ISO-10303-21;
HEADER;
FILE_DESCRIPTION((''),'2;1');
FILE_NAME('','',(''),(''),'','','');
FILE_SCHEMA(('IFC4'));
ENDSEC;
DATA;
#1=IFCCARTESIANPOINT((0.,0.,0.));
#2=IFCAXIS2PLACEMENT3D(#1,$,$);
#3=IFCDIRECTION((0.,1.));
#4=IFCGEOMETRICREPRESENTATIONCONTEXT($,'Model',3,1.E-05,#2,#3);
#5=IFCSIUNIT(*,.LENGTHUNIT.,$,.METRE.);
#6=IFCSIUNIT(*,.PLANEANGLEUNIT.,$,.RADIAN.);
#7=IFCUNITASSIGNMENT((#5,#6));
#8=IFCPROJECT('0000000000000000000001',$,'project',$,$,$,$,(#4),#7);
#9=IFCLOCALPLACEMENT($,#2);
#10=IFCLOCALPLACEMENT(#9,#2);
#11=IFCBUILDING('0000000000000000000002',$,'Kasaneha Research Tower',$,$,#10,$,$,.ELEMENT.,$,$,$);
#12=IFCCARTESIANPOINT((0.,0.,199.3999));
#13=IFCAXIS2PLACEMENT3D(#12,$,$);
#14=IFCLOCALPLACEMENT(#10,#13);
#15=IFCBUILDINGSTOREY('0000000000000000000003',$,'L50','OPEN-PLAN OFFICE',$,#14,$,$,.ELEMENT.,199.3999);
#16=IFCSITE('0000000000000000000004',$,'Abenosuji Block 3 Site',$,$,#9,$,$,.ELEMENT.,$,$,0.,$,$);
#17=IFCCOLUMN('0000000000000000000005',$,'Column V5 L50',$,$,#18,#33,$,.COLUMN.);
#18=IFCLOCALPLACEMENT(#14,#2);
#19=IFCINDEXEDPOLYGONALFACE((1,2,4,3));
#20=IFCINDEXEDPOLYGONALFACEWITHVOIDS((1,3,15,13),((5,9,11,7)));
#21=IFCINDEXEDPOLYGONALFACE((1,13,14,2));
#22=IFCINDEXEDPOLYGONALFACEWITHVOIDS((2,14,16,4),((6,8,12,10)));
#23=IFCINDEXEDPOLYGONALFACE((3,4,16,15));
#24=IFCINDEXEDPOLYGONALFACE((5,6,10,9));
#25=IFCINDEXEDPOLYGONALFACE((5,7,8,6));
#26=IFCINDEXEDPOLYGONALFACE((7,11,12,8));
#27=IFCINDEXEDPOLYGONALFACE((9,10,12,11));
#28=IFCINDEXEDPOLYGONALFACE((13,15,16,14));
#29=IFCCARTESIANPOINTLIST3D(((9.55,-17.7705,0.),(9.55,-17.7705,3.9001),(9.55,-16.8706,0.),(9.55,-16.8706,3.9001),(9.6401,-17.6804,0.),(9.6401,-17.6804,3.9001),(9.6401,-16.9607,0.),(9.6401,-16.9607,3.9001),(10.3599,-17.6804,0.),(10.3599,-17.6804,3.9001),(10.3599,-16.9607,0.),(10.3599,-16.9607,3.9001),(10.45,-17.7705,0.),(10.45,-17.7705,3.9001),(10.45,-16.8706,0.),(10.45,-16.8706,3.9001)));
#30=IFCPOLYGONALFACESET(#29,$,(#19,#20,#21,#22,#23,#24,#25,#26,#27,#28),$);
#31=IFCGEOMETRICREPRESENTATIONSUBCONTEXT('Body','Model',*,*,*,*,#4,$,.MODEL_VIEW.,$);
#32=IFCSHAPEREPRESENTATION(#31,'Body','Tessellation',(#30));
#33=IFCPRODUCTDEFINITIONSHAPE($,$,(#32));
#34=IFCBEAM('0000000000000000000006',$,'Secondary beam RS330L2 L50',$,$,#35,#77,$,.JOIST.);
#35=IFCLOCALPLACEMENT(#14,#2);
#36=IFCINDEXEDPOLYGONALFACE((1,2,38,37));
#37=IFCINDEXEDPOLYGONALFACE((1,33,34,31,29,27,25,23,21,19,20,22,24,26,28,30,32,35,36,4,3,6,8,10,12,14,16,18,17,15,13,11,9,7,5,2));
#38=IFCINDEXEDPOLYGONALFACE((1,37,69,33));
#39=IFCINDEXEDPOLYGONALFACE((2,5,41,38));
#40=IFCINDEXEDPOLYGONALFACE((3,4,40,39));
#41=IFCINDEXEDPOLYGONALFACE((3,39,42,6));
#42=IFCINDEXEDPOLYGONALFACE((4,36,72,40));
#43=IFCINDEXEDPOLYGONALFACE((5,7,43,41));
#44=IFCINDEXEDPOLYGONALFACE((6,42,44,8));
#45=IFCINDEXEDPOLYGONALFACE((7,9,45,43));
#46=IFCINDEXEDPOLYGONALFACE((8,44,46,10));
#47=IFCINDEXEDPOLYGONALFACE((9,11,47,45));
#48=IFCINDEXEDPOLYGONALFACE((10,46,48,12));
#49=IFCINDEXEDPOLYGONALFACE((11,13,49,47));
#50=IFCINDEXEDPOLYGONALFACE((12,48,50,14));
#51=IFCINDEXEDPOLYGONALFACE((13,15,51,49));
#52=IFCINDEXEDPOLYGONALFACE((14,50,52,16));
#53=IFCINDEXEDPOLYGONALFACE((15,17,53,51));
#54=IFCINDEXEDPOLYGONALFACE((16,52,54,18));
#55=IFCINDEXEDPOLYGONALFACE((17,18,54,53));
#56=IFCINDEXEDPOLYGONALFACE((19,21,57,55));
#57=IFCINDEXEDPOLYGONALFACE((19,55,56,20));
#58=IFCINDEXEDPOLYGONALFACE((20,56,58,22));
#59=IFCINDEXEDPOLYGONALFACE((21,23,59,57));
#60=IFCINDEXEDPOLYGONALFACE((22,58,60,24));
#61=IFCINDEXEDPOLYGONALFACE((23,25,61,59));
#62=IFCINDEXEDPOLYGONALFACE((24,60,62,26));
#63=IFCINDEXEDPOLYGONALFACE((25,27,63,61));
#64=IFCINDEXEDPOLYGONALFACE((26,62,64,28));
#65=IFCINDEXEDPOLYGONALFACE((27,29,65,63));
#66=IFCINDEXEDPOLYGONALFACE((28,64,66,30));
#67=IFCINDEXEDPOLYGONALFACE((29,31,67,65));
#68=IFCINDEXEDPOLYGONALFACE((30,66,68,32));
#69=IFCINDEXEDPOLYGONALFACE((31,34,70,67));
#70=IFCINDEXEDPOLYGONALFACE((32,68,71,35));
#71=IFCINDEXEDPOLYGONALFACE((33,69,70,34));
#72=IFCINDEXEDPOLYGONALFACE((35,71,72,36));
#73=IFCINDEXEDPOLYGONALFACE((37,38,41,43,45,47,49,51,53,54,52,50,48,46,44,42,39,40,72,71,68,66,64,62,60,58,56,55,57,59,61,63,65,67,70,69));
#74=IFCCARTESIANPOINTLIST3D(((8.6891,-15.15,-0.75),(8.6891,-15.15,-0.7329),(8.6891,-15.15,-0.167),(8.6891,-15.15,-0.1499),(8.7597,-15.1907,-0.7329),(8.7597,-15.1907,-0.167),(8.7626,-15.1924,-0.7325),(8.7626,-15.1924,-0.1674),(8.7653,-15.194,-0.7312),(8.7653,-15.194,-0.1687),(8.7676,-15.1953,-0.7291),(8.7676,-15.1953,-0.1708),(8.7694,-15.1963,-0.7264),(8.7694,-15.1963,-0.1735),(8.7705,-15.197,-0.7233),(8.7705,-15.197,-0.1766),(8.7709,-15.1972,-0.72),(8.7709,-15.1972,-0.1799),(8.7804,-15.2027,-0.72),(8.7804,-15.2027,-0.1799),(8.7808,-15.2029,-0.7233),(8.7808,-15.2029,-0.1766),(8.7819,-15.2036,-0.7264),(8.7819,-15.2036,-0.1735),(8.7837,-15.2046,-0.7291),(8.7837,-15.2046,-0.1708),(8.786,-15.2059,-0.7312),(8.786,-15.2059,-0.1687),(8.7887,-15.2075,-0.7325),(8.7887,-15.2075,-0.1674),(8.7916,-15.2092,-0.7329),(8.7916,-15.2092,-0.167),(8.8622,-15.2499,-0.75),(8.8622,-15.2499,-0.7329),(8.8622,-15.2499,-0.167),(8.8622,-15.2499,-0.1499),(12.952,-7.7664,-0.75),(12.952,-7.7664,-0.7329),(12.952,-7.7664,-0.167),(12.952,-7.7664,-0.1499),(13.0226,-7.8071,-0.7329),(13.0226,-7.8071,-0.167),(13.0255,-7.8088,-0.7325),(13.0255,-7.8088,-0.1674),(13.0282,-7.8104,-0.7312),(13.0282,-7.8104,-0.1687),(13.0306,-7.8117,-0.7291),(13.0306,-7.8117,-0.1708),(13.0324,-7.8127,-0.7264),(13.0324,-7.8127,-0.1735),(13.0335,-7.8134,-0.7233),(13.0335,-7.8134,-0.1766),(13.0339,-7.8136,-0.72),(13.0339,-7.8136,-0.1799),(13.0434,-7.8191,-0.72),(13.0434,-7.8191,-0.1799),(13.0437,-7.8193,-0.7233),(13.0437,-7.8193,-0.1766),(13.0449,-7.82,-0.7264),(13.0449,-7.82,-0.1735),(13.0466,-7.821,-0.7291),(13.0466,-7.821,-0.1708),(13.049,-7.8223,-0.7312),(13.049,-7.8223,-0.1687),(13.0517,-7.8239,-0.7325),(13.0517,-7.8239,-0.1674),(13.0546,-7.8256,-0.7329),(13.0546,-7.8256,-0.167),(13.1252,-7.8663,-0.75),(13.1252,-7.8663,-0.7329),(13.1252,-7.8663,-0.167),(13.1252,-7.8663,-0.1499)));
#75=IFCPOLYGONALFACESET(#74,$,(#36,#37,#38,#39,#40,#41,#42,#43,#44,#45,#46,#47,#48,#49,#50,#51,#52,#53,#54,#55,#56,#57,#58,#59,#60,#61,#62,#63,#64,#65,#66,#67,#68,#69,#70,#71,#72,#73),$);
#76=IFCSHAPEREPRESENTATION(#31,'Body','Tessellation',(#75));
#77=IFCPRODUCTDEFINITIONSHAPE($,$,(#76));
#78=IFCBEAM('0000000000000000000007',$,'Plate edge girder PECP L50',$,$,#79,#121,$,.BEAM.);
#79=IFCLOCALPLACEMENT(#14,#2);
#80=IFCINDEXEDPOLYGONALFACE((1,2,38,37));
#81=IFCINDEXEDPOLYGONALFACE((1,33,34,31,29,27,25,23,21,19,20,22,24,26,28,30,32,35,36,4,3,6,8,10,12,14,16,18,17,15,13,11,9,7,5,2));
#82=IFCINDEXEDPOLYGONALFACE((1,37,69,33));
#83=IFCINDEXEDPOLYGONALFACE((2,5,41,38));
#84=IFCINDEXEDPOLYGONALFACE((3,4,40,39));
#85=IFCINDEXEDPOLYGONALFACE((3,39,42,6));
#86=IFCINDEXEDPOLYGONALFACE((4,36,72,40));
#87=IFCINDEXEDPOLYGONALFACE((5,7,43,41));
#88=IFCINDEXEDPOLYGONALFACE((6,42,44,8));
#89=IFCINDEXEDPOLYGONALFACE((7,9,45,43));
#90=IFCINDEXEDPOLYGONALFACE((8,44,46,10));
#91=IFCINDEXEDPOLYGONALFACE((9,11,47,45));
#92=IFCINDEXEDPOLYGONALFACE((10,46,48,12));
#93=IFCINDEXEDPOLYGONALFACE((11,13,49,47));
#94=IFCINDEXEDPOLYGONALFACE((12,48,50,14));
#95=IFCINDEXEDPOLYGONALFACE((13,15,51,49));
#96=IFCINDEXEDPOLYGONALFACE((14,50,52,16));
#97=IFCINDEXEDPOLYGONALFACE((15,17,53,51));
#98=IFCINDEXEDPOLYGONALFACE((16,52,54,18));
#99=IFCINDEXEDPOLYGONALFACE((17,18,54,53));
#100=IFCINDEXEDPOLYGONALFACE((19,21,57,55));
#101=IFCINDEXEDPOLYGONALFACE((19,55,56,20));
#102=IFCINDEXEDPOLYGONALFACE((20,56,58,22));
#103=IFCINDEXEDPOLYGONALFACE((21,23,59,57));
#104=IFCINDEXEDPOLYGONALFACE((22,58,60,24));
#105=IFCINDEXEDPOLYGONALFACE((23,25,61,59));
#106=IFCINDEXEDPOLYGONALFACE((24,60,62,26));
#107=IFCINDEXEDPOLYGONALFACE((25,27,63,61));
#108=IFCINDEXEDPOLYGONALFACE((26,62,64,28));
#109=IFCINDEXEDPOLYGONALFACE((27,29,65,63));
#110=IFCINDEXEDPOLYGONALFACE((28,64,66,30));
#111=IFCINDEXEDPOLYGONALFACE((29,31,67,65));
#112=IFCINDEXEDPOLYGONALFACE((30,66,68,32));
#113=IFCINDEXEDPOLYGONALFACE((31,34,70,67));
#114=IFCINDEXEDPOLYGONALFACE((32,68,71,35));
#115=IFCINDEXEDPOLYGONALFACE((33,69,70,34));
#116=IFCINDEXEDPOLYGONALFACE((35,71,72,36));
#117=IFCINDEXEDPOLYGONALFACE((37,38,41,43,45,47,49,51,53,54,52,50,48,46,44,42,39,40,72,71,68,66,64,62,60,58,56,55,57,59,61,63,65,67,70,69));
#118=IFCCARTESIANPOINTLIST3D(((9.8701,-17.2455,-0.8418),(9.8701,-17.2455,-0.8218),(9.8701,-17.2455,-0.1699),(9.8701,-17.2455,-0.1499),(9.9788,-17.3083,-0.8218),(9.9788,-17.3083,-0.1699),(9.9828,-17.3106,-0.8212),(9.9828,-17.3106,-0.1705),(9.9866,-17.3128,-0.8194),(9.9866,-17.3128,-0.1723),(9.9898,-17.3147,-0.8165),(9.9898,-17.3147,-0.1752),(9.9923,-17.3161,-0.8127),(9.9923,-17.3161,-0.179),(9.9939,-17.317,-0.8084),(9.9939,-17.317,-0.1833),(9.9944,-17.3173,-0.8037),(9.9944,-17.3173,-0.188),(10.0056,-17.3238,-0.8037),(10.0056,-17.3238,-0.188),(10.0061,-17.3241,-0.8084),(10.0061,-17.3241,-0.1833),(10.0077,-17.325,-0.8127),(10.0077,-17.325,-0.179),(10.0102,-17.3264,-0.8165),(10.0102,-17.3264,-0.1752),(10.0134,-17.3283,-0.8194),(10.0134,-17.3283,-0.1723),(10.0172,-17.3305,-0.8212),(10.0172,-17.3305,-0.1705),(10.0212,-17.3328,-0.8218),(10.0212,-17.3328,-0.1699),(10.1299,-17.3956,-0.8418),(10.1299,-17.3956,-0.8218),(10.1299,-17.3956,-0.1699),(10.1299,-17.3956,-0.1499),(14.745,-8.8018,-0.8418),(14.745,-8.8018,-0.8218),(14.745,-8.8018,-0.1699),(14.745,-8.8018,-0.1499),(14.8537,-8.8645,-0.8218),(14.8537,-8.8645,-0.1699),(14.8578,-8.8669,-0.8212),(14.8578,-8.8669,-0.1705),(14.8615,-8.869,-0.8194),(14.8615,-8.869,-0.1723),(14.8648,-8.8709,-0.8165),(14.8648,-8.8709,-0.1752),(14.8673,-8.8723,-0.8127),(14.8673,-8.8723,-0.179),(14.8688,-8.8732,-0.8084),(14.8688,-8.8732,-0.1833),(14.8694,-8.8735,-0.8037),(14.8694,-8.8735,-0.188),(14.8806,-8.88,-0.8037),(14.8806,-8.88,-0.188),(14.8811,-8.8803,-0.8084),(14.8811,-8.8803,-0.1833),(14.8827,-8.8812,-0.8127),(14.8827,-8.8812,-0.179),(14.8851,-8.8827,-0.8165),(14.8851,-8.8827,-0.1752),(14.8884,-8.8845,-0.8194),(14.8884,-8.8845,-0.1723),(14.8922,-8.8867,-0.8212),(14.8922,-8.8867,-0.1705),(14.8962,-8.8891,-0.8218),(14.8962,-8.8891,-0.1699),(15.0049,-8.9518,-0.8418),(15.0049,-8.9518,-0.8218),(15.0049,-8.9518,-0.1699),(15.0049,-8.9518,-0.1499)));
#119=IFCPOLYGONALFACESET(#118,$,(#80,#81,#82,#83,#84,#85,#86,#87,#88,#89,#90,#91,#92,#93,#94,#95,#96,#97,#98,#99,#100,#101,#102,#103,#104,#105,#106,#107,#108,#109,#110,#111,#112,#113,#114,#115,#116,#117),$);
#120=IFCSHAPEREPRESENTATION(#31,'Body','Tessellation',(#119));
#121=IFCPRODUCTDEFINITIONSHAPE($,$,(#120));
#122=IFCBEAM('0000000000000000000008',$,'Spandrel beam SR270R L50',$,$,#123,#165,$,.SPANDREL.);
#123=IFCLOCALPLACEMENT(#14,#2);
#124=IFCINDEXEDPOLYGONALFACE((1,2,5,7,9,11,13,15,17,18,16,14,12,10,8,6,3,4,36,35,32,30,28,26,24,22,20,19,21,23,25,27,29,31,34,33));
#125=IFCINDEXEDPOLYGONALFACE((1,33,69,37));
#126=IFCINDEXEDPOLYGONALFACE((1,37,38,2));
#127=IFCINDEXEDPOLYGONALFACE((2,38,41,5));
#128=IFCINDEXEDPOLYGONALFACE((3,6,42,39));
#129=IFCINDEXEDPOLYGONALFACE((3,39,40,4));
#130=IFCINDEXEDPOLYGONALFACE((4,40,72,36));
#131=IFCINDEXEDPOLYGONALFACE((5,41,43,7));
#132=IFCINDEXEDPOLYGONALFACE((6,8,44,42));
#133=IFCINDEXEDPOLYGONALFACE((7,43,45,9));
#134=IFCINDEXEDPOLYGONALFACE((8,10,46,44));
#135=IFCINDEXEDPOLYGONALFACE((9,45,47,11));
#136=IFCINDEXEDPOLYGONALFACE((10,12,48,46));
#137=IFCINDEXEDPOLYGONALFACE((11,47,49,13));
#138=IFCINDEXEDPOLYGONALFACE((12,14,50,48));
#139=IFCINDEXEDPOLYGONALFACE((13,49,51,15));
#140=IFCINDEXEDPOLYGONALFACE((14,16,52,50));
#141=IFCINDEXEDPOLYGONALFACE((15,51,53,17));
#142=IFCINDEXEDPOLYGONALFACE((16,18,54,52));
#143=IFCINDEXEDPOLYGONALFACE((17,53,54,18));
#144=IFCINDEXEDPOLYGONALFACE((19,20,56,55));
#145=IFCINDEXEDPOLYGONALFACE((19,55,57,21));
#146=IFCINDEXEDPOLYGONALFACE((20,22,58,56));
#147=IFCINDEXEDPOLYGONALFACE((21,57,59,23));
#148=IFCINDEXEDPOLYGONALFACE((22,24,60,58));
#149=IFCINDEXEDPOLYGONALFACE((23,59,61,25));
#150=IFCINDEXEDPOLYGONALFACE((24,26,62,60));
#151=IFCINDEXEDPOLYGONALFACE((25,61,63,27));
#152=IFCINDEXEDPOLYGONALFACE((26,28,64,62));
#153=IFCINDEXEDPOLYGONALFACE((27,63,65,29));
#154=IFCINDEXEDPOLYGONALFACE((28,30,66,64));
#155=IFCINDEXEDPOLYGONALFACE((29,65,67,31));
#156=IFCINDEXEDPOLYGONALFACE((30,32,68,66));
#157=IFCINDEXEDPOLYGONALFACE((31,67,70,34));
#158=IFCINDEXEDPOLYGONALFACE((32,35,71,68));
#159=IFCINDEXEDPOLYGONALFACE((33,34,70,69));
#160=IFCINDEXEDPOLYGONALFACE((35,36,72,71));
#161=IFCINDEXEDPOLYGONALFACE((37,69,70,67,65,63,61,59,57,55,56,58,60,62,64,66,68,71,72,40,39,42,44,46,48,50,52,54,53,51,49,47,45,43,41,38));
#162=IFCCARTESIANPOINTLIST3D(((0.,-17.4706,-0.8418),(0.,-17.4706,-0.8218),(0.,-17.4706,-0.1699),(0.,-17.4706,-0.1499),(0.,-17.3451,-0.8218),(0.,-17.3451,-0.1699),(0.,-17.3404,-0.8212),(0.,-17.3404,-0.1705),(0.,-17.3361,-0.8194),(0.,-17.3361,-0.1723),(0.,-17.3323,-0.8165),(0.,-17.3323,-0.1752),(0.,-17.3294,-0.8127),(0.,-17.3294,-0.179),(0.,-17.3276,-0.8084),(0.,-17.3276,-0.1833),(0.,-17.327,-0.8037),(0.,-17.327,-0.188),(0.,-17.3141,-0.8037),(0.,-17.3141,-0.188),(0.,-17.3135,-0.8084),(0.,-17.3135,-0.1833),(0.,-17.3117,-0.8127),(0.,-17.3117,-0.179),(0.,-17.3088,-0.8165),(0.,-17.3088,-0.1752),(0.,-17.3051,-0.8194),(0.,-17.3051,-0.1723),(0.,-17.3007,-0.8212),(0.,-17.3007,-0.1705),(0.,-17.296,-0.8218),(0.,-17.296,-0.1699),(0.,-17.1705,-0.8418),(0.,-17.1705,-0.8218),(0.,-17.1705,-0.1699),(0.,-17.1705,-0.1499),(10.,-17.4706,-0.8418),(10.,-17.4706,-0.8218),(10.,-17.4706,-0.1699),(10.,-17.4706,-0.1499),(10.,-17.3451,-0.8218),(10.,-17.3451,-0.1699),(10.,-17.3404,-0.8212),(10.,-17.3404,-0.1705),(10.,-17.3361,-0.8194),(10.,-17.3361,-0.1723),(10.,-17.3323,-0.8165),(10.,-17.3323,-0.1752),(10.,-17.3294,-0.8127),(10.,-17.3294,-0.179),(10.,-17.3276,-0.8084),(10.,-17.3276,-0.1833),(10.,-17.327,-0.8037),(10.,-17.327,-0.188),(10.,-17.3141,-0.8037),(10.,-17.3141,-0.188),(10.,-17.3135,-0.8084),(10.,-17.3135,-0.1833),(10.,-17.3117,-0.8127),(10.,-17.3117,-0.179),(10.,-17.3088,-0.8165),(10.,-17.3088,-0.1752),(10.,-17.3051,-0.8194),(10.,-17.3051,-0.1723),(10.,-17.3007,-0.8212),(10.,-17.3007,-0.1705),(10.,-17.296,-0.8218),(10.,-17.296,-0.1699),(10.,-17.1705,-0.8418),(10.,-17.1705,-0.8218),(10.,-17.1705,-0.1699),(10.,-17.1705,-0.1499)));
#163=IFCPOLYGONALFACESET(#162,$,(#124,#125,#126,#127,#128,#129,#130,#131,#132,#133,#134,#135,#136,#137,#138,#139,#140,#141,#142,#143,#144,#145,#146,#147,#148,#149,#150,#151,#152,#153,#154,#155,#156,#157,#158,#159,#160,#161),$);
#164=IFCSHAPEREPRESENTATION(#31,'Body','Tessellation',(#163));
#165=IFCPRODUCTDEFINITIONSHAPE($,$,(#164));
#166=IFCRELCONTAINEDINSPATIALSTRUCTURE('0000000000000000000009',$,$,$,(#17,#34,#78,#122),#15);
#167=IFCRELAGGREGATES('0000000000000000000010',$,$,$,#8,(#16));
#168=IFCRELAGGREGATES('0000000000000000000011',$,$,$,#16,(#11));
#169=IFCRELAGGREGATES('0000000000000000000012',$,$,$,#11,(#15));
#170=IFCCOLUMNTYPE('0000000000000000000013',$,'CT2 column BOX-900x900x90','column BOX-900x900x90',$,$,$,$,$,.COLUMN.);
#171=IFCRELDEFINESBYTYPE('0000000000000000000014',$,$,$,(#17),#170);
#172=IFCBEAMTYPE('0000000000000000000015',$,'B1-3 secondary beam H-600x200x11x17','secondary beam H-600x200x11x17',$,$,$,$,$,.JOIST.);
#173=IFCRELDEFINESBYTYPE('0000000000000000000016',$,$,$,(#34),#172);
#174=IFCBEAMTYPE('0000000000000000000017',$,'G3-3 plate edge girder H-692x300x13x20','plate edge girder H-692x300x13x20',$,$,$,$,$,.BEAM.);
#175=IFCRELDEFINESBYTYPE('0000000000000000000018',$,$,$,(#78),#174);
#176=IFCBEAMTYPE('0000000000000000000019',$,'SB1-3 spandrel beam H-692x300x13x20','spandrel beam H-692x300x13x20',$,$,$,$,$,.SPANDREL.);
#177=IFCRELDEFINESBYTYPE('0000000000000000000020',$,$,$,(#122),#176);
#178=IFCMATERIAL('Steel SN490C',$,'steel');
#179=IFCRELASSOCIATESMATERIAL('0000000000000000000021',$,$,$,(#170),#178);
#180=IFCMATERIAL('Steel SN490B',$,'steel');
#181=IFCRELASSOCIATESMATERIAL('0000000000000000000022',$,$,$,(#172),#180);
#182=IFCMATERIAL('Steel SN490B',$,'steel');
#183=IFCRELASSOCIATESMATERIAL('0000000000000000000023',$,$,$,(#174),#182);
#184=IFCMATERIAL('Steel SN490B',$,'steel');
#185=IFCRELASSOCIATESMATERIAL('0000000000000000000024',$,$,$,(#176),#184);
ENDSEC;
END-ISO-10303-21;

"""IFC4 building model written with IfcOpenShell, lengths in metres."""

from ifc_helpers import new_model, si_unit, direction, frame, origin, origin_2d, place, context, subcontext, project, spatial, hollow_rectangle, i_section, extrude, material, material_profile, profile_set, type_object, element, save


model = new_model("IFC4")

# Units and contexts
model_context = context("Model", 3, precision=1e-05, world=origin(), true_north=direction((0.0, 1.0)))
body_context = subcontext(model_context, "Body", "Model", "MODEL_VIEW")
ifc_project = project(units=[si_unit("LENGTHUNIT", "METRE"), si_unit("PLANEANGLEUNIT", "RADIAN")], contexts=[model_context])

# Site, building, storey
site_placement = place(None, origin())
site = spatial("IfcSite", under=ifc_project, at=site_placement, Name="Abenosuji Block 3 Site", CompositionType="ELEMENT", RefElevation=0.0)
building_placement = place(site_placement, origin())
building = spatial("IfcBuilding", under=site, at=building_placement, Name="Kasaneha Research Tower", CompositionType="ELEMENT")
storey_placement = place(building_placement, frame((0.0, 0.0, 199.3999)))
storey = spatial("IfcBuildingStorey", under=building, at=storey_placement, Name="L50", Description="OPEN-PLAN OFFICE", CompositionType="ELEMENT", Elevation=199.3999)

# Column
ifc_material_1 = material(Name="Steel SN490C", Category="steel")
ifc_material_profile_1 = material_profile(ifc_material_1, hollow_rectangle(XDim=0.8999, YDim=0.8999, WallThickness=0.0901, at=origin_2d()), Name="BOX-900x900x90")
ifc_profile_set_1 = profile_set([ifc_material_profile_1], Name="Steel SN490C")
column_type = type_object("IfcColumnType", Name="CT2 column BOX-900x900x90", Description="column BOX-900x900x90", PredefinedType="COLUMN", material=ifc_profile_set_1)
column_placement = place(storey_placement, frame((10.0, -17.3206, 0.0), z_axis=(0.0, 0.0, 1.0), x_axis=(1.0, 0.0, 0.0)))
element("IfcColumn", 1, at=column_placement, inside=storey, type_object=column_type, Name="Column V5 L50", PredefinedType="COLUMN", context=body_context, shape_type="SweptSolid", body=[
    extrude(hollow_rectangle(XDim=0.8999, YDim=0.8999, WallThickness=0.0901, at=origin_2d()), origin(), (0.0, 0.0, 1.0), 3.9001),
])

# Beams
ifc_material_2 = material(Name="Steel SN490B", Category="steel")
ifc_material_profile_2 = material_profile(ifc_material_2, i_section(OverallWidth=0.2, OverallDepth=0.6001, WebThickness=0.011, FlangeThickness=0.0171, FilletRadius=0.0129, at=origin_2d()), Name="H-600x200x11x17")
ifc_profile_set_2 = profile_set([ifc_material_profile_2], Name="Steel SN490B")
beam_type_1 = type_object("IfcBeamType", Name="B1-3 secondary beam H-600x200x11x17", Description="secondary beam H-600x200x11x17", PredefinedType="JOIST", material=ifc_profile_set_2)
beam_1_placement = place(storey_placement, frame((8.7756, -15.2, -0.45), z_axis=(0.500004, 0.866023, 0.0), x_axis=(-0.866023, 0.500004, 0.0)))
element("IfcBeam", 2, at=beam_1_placement, inside=storey, type_object=beam_type_1, Name="Secondary beam RS330L2 L50", PredefinedType="JOIST", context=body_context, shape_type="SweptSolid", body=[
    extrude(i_section(OverallWidth=0.2, OverallDepth=0.6001, WebThickness=0.011, FlangeThickness=0.0171, FilletRadius=0.0129, at=origin_2d()), origin(), (0.0, 0.0, 1.0), 8.5259),
])
ifc_material_3 = material(Name="Steel SN490B", Category="steel")
ifc_material_profile_3 = material_profile(ifc_material_3, i_section(OverallWidth=0.3, OverallDepth=0.6919, WebThickness=0.0129, FlangeThickness=0.02, FilletRadius=0.0181, at=origin_2d()), Name="H-692x300x13x20")
ifc_profile_set_3 = profile_set([ifc_material_profile_3], Name="Steel SN490B")
beam_type_2 = type_object("IfcBeamType", Name="G3-3 plate edge girder H-692x300x13x20", Description="plate edge girder H-692x300x13x20", PredefinedType="BEAM", material=ifc_profile_set_3)
beam_2_placement = place(storey_placement, frame((10.0, -17.3206, -0.4958), z_axis=(0.499996, 0.866028, 0.0), x_axis=(-0.866028, 0.499996, 0.0)))
element("IfcBeam", 3, at=beam_2_placement, inside=storey, type_object=beam_type_2, Name="Plate edge girder PECP L50", PredefinedType="BEAM", context=body_context, shape_type="SweptSolid", body=[
    extrude(i_section(OverallWidth=0.3, OverallDepth=0.6919, WebThickness=0.0129, FlangeThickness=0.02, FilletRadius=0.0181, at=origin_2d()), origin(), (0.0, 0.0, 1.0), 9.75),
])
ifc_material_4 = material(Name="Steel SN490B", Category="steel")
ifc_material_profile_4 = material_profile(ifc_material_4, i_section(OverallWidth=0.3, OverallDepth=0.6919, WebThickness=0.0129, FlangeThickness=0.02, FilletRadius=0.0181, at=origin_2d()), Name="H-692x300x13x20")
ifc_profile_set_4 = profile_set([ifc_material_profile_4], Name="Steel SN490B")
beam_type_3 = type_object("IfcBeamType", Name="SB1-3 spandrel beam H-692x300x13x20", Description="spandrel beam H-692x300x13x20", PredefinedType="SPANDREL", material=ifc_profile_set_4)
beam_3_placement = place(storey_placement, frame((10.0, -17.3206, -0.4958), z_axis=(-1.0, 0.0, 0.0), x_axis=(0.0, -1.0, 0.0)))
element("IfcBeam", 4, at=beam_3_placement, inside=storey, type_object=beam_type_3, Name="Spandrel beam SR270R L50", PredefinedType="SPANDREL", context=body_context, shape_type="SweptSolid", body=[
    extrude(i_section(OverallWidth=0.3, OverallDepth=0.6919, WebThickness=0.0129, FlangeThickness=0.02, FilletRadius=0.0181, at=origin_2d()), origin(), (0.0, 0.0, 1.0), 10.0),
])

save(model, "model.ifc")
